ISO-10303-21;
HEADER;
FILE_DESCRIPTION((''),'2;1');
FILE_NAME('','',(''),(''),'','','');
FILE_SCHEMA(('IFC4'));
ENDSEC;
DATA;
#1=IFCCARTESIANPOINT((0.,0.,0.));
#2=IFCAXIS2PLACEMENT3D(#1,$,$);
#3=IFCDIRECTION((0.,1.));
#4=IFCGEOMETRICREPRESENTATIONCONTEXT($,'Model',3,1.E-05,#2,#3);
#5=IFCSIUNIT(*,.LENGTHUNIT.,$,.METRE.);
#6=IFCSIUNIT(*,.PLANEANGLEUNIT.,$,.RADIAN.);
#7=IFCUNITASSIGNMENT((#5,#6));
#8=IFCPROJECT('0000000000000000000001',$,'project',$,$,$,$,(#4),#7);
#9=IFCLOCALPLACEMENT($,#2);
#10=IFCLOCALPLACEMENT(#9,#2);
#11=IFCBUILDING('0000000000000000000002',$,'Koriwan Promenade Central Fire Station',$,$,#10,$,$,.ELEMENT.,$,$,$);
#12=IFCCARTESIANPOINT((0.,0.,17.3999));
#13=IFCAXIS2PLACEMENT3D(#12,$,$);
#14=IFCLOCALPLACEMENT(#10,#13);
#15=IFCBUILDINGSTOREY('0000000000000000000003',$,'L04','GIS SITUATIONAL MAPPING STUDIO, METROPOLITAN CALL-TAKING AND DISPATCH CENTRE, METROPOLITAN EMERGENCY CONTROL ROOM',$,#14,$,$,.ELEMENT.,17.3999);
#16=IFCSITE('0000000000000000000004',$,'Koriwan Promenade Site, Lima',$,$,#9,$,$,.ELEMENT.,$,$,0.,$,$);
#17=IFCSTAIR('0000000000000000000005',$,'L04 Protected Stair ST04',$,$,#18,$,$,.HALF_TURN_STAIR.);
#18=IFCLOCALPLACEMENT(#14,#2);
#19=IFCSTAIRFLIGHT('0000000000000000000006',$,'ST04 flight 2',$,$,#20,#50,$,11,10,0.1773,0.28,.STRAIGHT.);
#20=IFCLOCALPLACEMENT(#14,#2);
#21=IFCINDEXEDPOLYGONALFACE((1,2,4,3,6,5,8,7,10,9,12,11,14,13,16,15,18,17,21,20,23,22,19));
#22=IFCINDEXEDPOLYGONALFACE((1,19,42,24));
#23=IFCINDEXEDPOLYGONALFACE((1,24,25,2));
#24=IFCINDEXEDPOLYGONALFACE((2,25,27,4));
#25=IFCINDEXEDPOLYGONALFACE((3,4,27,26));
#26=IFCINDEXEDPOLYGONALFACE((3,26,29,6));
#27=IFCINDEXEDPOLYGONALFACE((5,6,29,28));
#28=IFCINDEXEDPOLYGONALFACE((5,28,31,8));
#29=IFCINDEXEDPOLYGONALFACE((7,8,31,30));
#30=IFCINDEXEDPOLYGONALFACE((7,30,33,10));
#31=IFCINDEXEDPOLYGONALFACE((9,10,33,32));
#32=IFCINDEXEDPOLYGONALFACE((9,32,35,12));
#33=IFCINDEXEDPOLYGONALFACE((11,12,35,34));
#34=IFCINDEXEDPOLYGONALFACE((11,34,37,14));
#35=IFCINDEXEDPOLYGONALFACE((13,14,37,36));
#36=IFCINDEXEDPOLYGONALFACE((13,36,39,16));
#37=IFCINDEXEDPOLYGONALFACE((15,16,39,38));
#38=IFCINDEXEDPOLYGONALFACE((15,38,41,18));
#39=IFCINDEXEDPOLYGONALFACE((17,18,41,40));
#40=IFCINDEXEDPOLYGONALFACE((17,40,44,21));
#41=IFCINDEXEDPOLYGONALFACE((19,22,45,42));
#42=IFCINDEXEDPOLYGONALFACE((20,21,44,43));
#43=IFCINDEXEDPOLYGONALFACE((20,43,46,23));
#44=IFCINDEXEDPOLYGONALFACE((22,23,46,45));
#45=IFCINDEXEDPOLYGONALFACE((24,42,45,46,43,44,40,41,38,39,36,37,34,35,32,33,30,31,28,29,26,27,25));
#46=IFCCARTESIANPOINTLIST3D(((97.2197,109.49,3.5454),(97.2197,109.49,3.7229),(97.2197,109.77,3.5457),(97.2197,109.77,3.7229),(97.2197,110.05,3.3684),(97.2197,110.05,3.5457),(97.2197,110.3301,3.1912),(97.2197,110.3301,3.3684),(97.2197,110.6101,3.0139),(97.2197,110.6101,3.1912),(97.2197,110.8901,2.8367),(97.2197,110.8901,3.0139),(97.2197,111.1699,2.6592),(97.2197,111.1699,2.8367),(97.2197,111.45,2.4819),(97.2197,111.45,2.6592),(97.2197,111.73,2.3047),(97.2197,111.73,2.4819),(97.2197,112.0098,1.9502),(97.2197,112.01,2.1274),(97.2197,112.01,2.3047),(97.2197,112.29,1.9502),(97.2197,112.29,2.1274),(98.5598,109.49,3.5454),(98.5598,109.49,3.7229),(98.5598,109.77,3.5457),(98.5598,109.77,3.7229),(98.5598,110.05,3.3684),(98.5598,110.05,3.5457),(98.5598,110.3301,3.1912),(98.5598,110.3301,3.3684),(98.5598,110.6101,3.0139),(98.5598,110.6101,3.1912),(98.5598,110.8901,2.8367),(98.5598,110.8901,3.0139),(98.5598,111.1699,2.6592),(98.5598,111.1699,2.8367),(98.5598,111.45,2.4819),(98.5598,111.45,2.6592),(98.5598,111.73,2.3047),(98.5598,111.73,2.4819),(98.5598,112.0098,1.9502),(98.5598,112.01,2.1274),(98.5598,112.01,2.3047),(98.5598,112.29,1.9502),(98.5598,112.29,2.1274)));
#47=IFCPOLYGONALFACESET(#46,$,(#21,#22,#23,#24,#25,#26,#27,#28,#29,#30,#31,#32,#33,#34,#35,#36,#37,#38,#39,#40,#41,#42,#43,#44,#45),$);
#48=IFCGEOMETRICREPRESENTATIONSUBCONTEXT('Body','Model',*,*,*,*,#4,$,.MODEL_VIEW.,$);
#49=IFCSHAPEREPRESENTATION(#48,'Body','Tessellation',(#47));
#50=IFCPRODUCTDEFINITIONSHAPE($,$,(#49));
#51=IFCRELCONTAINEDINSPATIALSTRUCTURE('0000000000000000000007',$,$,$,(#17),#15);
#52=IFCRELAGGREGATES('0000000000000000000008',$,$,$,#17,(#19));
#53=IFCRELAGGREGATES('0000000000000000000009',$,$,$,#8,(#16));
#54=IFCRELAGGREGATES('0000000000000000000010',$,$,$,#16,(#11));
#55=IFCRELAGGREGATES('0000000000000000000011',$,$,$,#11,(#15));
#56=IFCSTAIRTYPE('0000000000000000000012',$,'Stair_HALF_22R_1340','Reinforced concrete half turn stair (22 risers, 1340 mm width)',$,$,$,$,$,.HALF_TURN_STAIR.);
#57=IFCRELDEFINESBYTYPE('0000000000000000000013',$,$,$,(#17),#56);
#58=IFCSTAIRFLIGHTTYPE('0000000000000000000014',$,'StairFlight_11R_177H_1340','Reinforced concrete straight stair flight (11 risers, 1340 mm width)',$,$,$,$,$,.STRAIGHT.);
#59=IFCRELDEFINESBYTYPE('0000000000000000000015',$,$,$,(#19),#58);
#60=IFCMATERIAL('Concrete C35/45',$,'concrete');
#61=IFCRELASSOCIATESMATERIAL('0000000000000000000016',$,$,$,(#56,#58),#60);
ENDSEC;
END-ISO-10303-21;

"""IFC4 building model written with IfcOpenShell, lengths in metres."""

from ifc_helpers import new_model, si_unit, direction, frame, origin, place, context, subcontext, project, spatial, polyline, outline, extrude, material, type_object, element, aggregate, save


model = new_model("IFC4")

# Units and contexts
model_context = context("Model", 3, precision=1e-05, world=origin(), true_north=direction((0.0, 1.0)))
body_context = subcontext(model_context, "Body", "Model", "MODEL_VIEW")
ifc_project = project(units=[si_unit("LENGTHUNIT", "METRE"), si_unit("PLANEANGLEUNIT", "RADIAN")], contexts=[model_context])

# Site, building, storey
site_placement = place(None, origin())
site = spatial("IfcSite", under=ifc_project, at=site_placement, Name="Koriwan Promenade Site, Lima", CompositionType="ELEMENT", RefElevation=0.0)
building_placement = place(site_placement, origin())
building = spatial("IfcBuilding", under=site, at=building_placement, Name="Koriwan Promenade Central Fire Station", CompositionType="ELEMENT")
storey_placement = place(building_placement, frame((0.0, 0.0, 17.3999)))
storey = spatial("IfcBuildingStorey", under=building, at=storey_placement, Name="L04", Description="GIS SITUATIONAL MAPPING STUDIO, METROPOLITAN CALL-TAKING AND DISPATCH CENTRE, METROPOLITAN EMERGENCY CONTROL ROOM", CompositionType="ELEMENT", Elevation=17.3999)

# Shared definitions
ifc_material_1 = material(Name="Concrete C35/45", Category="concrete")

# Stair, stair flight
stair_type = type_object("IfcStairType", Name="Stair_HALF_22R_1340", Description="Reinforced concrete half turn stair (22 risers, 1340 mm width)", PredefinedType="HALF_TURN_STAIR", material=ifc_material_1)
stair_placement = place(storey_placement, origin())
stair = element("IfcStair", 1, at=stair_placement, inside=storey, type_object=stair_type, Name="L04 Protected Stair ST04", PredefinedType="HALF_TURN_STAIR")
stair_flight_type = type_object("IfcStairFlightType", Name="StairFlight_11R_177H_1340", Description="Reinforced concrete straight stair flight (11 risers, 1340 mm width)", PredefinedType="STRAIGHT", material=ifc_material_1)
stair_flight_1_placement = place(storey_placement, frame((97.8899, 112.29, 1.9502), z_axis=(0.0, 0.0, 1.0), x_axis=(0.0, -1.0, 0.0)))
stair_flight_1 = element("IfcStairFlight", 2, at=stair_flight_1_placement, type_object=stair_flight_type, Name="ST04 flight 2", NumberOfRisers=11, NumberOfTreads=10, PredefinedType="STRAIGHT", RiserHeight=0.1773, TreadLength=0.28, context=body_context, shape_type="SweptSolid", body=[
    extrude(outline(polyline([(0.0, 0.0), (0.0, 0.1772), (0.28, 0.1772), (0.28, 0.3545), (0.5601, 0.3545), (0.5601, 0.5317), (0.8401, 0.5317), (0.8401, 0.709), (1.1201, 0.709), (1.1201, 0.8865), (1.3999, 0.8865), (1.3999, 1.0637), (1.6799, 1.0637), (1.6799, 1.241), (1.96, 1.241), (1.96, 1.4182), (2.24, 1.4182), (2.24, 1.5955), (2.52, 1.5955), (2.52, 1.7727), (2.8, 1.7727), (2.8, 1.95), (2.8, 1.5952), (0.2803, 0.0), (0.0, 0.0)])), frame((0.0, 0.6699, 0.0), z_axis=(0.0, -1.0, 0.0), x_axis=(1.0, 0.0, 0.0)), (0.0, 0.0, 1.0), 1.3401),
])
aggregate(stair, [stair_flight_1])

save(model, "model.ifc")
